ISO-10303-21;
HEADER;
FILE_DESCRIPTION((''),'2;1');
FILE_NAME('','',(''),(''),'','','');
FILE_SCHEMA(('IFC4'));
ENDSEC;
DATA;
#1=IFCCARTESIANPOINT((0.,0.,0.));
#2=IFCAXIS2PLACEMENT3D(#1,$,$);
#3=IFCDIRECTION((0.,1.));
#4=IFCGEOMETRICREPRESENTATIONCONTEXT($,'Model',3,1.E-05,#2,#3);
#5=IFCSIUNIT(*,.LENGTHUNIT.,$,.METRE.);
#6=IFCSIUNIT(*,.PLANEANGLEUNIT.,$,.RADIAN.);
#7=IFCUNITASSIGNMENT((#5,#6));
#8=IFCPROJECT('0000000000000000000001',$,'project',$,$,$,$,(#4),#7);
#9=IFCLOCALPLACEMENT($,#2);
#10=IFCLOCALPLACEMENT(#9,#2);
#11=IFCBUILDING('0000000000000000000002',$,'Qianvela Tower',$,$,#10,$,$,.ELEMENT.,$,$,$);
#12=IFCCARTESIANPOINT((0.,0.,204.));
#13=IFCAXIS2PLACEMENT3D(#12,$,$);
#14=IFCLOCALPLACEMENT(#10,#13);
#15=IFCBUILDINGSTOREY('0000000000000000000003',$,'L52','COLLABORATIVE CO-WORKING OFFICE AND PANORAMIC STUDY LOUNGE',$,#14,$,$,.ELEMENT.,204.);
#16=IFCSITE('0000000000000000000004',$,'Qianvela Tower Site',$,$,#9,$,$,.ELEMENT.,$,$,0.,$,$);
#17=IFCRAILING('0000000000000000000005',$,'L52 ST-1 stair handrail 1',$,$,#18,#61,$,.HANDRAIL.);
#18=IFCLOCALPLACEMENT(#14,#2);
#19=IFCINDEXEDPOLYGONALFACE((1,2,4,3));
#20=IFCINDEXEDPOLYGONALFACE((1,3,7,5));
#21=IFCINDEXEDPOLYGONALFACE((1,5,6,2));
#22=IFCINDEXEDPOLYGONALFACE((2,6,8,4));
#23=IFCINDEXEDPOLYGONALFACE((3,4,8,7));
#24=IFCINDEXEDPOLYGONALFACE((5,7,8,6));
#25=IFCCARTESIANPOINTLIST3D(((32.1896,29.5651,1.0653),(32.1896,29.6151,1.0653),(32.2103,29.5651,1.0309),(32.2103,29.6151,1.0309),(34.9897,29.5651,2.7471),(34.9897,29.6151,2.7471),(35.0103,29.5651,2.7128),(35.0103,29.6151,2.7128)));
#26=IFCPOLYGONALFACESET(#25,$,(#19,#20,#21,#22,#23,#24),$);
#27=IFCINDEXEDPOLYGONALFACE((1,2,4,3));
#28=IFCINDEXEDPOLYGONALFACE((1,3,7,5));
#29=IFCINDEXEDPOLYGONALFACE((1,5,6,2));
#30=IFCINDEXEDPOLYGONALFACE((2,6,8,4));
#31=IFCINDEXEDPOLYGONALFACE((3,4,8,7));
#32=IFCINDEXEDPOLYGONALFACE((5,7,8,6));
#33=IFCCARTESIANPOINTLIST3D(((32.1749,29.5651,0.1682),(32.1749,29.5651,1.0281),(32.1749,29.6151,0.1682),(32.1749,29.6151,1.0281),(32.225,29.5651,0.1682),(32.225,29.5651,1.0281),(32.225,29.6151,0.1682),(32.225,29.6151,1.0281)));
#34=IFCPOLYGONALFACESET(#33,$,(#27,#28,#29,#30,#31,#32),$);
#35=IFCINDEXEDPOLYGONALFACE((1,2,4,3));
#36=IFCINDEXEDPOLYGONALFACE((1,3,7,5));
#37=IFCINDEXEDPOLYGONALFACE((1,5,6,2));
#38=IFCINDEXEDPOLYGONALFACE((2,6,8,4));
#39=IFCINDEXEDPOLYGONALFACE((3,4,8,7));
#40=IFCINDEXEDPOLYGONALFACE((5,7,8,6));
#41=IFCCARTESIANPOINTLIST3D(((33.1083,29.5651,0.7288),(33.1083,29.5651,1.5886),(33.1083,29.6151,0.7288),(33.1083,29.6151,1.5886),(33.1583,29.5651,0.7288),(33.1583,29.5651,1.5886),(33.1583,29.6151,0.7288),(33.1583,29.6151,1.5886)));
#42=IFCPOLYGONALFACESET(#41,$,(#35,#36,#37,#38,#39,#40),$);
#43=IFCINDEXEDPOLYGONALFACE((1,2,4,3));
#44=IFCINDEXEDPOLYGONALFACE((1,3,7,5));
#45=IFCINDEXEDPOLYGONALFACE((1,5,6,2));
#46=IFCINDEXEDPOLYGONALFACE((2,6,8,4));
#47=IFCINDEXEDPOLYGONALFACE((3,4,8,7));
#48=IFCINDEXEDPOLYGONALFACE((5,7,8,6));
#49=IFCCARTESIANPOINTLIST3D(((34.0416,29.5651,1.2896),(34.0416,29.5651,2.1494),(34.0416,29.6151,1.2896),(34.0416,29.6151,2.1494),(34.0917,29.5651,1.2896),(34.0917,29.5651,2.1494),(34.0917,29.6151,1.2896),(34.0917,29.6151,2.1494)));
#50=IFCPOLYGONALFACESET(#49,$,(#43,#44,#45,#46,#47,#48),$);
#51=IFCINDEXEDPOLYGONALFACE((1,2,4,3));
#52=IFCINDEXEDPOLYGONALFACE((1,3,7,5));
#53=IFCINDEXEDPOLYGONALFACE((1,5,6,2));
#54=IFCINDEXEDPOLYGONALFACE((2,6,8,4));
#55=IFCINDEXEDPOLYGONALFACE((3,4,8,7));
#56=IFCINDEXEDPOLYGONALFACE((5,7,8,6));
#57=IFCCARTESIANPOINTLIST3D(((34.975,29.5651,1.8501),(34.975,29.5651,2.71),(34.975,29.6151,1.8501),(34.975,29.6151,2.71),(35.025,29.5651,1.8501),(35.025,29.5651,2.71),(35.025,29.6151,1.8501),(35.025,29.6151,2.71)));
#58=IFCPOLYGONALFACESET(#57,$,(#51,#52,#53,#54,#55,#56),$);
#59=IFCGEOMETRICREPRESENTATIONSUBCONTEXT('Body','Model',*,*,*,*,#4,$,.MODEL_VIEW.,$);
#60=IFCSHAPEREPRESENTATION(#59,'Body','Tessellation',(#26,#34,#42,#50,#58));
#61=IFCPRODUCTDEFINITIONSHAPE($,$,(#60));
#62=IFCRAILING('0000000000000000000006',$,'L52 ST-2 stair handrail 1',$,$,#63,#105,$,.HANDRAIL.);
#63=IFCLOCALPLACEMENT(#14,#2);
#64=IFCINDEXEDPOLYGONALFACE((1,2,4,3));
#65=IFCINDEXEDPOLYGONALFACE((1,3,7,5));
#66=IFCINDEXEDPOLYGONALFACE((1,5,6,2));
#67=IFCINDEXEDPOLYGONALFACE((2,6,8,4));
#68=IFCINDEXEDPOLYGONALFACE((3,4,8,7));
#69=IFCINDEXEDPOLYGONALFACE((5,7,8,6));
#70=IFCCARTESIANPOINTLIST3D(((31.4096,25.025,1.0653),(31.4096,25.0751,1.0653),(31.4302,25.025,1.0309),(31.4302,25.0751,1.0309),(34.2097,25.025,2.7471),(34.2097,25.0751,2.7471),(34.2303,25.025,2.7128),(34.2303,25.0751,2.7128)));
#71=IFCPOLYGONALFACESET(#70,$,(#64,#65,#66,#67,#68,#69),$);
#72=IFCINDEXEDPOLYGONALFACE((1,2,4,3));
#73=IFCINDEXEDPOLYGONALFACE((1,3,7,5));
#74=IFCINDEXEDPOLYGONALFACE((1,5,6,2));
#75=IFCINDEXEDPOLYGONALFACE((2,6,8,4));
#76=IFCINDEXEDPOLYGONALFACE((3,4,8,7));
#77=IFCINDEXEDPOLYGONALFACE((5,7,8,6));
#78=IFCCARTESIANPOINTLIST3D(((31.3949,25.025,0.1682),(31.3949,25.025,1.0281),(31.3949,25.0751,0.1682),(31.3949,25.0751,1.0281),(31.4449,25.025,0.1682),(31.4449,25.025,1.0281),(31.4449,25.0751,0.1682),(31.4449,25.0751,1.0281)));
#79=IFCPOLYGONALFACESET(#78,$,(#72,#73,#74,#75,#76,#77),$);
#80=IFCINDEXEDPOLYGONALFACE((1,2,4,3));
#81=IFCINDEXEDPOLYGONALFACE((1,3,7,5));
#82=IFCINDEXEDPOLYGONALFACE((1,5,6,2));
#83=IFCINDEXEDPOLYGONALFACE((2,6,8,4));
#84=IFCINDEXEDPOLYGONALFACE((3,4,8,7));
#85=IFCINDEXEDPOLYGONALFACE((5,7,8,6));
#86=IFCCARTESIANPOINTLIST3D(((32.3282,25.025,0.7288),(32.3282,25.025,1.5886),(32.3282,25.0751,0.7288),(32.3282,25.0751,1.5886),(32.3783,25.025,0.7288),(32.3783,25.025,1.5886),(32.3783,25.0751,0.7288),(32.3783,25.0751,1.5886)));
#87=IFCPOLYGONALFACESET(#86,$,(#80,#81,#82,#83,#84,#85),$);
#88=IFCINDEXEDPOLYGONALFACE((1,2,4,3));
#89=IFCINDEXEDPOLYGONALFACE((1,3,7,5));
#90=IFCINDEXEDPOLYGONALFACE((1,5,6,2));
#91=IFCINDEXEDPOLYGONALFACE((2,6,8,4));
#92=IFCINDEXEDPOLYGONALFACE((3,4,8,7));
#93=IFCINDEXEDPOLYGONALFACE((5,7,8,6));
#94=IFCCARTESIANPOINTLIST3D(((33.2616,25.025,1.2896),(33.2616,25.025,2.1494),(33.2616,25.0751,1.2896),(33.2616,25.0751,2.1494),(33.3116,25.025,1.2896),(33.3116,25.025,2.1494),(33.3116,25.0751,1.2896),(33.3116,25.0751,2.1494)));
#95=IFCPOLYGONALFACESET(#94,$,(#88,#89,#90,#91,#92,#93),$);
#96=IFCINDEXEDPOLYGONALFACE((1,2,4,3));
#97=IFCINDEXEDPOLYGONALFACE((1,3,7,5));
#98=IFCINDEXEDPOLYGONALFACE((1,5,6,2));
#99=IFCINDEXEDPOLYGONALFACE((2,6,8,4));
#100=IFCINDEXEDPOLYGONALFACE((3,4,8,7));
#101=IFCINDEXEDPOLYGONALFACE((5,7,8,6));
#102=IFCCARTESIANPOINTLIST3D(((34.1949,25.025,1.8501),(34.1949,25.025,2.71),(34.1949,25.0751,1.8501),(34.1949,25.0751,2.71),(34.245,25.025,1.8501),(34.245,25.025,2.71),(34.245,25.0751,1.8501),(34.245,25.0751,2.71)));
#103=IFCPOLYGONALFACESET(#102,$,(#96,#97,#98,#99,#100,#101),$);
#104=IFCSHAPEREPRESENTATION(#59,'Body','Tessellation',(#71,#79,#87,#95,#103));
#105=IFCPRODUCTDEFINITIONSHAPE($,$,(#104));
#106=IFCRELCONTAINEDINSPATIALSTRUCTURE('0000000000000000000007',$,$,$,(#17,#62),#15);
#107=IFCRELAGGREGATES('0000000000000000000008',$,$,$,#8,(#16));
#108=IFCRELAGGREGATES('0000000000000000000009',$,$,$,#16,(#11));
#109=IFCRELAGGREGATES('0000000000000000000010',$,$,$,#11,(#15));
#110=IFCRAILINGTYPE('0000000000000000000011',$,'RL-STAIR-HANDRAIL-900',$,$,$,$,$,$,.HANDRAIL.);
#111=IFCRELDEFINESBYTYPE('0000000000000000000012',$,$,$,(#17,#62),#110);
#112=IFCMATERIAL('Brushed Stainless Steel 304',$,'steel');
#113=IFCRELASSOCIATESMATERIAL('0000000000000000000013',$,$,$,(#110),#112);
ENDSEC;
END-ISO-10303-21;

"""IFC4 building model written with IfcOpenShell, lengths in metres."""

from ifc_helpers import new_model, si_unit, direction, frame, origin, origin_2d, place, context, subcontext, project, spatial, rectangle, extrude, material, type_object, element, save


model = new_model("IFC4")

# Units and contexts
model_context = context("Model", 3, precision=1e-05, world=origin(), true_north=direction((0.0, 1.0)))
body_context = subcontext(model_context, "Body", "Model", "MODEL_VIEW")
ifc_project = project(units=[si_unit("LENGTHUNIT", "METRE"), si_unit("PLANEANGLEUNIT", "RADIAN")], contexts=[model_context])

# Site, building, storey
site_placement = place(None, origin())
site = spatial("IfcSite", under=ifc_project, at=site_placement, Name="Qianvela Tower Site", CompositionType="ELEMENT", RefElevation=0.0)
building_placement = place(site_placement, origin())
building = spatial("IfcBuilding", under=site, at=building_placement, Name="Qianvela Tower", CompositionType="ELEMENT")
storey_placement = place(building_placement, frame((0.0, 0.0, 204.0)))
storey = spatial("IfcBuildingStorey", under=building, at=storey_placement, Name="L52", Description="COLLABORATIVE CO-WORKING OFFICE AND PANORAMIC STUDY LOUNGE", CompositionType="ELEMENT", Elevation=204.0)

# Railings
ifc_material_1 = material(Name="Brushed Stainless Steel 304", Category="steel")
railing_type_1 = type_object("IfcRailingType", Name="RL-STAIR-HANDRAIL-900", PredefinedType="HANDRAIL", material=ifc_material_1)
for number, where, name in (
    (1, (32.2, 29.5901, 0.1682), "L52 ST-1 stair handrail 1"),
    (2, (31.4199, 25.05, 0.1682), "L52 ST-2 stair handrail 1"),
):
    element("IfcRailing", number, at=place(storey_placement, frame(where)), inside=storey, type_object=railing_type_1, Name=name, PredefinedType="HANDRAIL", context=body_context, shape_type="SweptSolid", body=[
        extrude(rectangle(XDim=0.05, YDim=0.04, at=origin_2d()), frame((0.0, 0.0, 0.8799), z_axis=(0.857242, 0.0, 0.514913), x_axis=(0.0, 1.0, 0.0)), (0.0, 0.0, 1.0), 3.2664),
        extrude(rectangle(XDim=0.05, YDim=0.05, at=origin_2d()), origin(), (0.0, 0.0, 1.0), 0.8599),
        extrude(rectangle(XDim=0.05, YDim=0.05, at=origin_2d()), frame((0.9333, 0.0, 0.5605)), (0.0, 0.0, 1.0), 0.8599),
        extrude(rectangle(XDim=0.05, YDim=0.05, at=origin_2d()), frame((1.8667, 0.0, 1.1213)), (0.0, 0.0, 1.0), 0.8599),
        extrude(rectangle(XDim=0.05, YDim=0.05, at=origin_2d()), frame((2.8, 0.0, 1.6819)), (0.0, 0.0, 1.0), 0.8599),
    ])

save(model, "model.ifc")
